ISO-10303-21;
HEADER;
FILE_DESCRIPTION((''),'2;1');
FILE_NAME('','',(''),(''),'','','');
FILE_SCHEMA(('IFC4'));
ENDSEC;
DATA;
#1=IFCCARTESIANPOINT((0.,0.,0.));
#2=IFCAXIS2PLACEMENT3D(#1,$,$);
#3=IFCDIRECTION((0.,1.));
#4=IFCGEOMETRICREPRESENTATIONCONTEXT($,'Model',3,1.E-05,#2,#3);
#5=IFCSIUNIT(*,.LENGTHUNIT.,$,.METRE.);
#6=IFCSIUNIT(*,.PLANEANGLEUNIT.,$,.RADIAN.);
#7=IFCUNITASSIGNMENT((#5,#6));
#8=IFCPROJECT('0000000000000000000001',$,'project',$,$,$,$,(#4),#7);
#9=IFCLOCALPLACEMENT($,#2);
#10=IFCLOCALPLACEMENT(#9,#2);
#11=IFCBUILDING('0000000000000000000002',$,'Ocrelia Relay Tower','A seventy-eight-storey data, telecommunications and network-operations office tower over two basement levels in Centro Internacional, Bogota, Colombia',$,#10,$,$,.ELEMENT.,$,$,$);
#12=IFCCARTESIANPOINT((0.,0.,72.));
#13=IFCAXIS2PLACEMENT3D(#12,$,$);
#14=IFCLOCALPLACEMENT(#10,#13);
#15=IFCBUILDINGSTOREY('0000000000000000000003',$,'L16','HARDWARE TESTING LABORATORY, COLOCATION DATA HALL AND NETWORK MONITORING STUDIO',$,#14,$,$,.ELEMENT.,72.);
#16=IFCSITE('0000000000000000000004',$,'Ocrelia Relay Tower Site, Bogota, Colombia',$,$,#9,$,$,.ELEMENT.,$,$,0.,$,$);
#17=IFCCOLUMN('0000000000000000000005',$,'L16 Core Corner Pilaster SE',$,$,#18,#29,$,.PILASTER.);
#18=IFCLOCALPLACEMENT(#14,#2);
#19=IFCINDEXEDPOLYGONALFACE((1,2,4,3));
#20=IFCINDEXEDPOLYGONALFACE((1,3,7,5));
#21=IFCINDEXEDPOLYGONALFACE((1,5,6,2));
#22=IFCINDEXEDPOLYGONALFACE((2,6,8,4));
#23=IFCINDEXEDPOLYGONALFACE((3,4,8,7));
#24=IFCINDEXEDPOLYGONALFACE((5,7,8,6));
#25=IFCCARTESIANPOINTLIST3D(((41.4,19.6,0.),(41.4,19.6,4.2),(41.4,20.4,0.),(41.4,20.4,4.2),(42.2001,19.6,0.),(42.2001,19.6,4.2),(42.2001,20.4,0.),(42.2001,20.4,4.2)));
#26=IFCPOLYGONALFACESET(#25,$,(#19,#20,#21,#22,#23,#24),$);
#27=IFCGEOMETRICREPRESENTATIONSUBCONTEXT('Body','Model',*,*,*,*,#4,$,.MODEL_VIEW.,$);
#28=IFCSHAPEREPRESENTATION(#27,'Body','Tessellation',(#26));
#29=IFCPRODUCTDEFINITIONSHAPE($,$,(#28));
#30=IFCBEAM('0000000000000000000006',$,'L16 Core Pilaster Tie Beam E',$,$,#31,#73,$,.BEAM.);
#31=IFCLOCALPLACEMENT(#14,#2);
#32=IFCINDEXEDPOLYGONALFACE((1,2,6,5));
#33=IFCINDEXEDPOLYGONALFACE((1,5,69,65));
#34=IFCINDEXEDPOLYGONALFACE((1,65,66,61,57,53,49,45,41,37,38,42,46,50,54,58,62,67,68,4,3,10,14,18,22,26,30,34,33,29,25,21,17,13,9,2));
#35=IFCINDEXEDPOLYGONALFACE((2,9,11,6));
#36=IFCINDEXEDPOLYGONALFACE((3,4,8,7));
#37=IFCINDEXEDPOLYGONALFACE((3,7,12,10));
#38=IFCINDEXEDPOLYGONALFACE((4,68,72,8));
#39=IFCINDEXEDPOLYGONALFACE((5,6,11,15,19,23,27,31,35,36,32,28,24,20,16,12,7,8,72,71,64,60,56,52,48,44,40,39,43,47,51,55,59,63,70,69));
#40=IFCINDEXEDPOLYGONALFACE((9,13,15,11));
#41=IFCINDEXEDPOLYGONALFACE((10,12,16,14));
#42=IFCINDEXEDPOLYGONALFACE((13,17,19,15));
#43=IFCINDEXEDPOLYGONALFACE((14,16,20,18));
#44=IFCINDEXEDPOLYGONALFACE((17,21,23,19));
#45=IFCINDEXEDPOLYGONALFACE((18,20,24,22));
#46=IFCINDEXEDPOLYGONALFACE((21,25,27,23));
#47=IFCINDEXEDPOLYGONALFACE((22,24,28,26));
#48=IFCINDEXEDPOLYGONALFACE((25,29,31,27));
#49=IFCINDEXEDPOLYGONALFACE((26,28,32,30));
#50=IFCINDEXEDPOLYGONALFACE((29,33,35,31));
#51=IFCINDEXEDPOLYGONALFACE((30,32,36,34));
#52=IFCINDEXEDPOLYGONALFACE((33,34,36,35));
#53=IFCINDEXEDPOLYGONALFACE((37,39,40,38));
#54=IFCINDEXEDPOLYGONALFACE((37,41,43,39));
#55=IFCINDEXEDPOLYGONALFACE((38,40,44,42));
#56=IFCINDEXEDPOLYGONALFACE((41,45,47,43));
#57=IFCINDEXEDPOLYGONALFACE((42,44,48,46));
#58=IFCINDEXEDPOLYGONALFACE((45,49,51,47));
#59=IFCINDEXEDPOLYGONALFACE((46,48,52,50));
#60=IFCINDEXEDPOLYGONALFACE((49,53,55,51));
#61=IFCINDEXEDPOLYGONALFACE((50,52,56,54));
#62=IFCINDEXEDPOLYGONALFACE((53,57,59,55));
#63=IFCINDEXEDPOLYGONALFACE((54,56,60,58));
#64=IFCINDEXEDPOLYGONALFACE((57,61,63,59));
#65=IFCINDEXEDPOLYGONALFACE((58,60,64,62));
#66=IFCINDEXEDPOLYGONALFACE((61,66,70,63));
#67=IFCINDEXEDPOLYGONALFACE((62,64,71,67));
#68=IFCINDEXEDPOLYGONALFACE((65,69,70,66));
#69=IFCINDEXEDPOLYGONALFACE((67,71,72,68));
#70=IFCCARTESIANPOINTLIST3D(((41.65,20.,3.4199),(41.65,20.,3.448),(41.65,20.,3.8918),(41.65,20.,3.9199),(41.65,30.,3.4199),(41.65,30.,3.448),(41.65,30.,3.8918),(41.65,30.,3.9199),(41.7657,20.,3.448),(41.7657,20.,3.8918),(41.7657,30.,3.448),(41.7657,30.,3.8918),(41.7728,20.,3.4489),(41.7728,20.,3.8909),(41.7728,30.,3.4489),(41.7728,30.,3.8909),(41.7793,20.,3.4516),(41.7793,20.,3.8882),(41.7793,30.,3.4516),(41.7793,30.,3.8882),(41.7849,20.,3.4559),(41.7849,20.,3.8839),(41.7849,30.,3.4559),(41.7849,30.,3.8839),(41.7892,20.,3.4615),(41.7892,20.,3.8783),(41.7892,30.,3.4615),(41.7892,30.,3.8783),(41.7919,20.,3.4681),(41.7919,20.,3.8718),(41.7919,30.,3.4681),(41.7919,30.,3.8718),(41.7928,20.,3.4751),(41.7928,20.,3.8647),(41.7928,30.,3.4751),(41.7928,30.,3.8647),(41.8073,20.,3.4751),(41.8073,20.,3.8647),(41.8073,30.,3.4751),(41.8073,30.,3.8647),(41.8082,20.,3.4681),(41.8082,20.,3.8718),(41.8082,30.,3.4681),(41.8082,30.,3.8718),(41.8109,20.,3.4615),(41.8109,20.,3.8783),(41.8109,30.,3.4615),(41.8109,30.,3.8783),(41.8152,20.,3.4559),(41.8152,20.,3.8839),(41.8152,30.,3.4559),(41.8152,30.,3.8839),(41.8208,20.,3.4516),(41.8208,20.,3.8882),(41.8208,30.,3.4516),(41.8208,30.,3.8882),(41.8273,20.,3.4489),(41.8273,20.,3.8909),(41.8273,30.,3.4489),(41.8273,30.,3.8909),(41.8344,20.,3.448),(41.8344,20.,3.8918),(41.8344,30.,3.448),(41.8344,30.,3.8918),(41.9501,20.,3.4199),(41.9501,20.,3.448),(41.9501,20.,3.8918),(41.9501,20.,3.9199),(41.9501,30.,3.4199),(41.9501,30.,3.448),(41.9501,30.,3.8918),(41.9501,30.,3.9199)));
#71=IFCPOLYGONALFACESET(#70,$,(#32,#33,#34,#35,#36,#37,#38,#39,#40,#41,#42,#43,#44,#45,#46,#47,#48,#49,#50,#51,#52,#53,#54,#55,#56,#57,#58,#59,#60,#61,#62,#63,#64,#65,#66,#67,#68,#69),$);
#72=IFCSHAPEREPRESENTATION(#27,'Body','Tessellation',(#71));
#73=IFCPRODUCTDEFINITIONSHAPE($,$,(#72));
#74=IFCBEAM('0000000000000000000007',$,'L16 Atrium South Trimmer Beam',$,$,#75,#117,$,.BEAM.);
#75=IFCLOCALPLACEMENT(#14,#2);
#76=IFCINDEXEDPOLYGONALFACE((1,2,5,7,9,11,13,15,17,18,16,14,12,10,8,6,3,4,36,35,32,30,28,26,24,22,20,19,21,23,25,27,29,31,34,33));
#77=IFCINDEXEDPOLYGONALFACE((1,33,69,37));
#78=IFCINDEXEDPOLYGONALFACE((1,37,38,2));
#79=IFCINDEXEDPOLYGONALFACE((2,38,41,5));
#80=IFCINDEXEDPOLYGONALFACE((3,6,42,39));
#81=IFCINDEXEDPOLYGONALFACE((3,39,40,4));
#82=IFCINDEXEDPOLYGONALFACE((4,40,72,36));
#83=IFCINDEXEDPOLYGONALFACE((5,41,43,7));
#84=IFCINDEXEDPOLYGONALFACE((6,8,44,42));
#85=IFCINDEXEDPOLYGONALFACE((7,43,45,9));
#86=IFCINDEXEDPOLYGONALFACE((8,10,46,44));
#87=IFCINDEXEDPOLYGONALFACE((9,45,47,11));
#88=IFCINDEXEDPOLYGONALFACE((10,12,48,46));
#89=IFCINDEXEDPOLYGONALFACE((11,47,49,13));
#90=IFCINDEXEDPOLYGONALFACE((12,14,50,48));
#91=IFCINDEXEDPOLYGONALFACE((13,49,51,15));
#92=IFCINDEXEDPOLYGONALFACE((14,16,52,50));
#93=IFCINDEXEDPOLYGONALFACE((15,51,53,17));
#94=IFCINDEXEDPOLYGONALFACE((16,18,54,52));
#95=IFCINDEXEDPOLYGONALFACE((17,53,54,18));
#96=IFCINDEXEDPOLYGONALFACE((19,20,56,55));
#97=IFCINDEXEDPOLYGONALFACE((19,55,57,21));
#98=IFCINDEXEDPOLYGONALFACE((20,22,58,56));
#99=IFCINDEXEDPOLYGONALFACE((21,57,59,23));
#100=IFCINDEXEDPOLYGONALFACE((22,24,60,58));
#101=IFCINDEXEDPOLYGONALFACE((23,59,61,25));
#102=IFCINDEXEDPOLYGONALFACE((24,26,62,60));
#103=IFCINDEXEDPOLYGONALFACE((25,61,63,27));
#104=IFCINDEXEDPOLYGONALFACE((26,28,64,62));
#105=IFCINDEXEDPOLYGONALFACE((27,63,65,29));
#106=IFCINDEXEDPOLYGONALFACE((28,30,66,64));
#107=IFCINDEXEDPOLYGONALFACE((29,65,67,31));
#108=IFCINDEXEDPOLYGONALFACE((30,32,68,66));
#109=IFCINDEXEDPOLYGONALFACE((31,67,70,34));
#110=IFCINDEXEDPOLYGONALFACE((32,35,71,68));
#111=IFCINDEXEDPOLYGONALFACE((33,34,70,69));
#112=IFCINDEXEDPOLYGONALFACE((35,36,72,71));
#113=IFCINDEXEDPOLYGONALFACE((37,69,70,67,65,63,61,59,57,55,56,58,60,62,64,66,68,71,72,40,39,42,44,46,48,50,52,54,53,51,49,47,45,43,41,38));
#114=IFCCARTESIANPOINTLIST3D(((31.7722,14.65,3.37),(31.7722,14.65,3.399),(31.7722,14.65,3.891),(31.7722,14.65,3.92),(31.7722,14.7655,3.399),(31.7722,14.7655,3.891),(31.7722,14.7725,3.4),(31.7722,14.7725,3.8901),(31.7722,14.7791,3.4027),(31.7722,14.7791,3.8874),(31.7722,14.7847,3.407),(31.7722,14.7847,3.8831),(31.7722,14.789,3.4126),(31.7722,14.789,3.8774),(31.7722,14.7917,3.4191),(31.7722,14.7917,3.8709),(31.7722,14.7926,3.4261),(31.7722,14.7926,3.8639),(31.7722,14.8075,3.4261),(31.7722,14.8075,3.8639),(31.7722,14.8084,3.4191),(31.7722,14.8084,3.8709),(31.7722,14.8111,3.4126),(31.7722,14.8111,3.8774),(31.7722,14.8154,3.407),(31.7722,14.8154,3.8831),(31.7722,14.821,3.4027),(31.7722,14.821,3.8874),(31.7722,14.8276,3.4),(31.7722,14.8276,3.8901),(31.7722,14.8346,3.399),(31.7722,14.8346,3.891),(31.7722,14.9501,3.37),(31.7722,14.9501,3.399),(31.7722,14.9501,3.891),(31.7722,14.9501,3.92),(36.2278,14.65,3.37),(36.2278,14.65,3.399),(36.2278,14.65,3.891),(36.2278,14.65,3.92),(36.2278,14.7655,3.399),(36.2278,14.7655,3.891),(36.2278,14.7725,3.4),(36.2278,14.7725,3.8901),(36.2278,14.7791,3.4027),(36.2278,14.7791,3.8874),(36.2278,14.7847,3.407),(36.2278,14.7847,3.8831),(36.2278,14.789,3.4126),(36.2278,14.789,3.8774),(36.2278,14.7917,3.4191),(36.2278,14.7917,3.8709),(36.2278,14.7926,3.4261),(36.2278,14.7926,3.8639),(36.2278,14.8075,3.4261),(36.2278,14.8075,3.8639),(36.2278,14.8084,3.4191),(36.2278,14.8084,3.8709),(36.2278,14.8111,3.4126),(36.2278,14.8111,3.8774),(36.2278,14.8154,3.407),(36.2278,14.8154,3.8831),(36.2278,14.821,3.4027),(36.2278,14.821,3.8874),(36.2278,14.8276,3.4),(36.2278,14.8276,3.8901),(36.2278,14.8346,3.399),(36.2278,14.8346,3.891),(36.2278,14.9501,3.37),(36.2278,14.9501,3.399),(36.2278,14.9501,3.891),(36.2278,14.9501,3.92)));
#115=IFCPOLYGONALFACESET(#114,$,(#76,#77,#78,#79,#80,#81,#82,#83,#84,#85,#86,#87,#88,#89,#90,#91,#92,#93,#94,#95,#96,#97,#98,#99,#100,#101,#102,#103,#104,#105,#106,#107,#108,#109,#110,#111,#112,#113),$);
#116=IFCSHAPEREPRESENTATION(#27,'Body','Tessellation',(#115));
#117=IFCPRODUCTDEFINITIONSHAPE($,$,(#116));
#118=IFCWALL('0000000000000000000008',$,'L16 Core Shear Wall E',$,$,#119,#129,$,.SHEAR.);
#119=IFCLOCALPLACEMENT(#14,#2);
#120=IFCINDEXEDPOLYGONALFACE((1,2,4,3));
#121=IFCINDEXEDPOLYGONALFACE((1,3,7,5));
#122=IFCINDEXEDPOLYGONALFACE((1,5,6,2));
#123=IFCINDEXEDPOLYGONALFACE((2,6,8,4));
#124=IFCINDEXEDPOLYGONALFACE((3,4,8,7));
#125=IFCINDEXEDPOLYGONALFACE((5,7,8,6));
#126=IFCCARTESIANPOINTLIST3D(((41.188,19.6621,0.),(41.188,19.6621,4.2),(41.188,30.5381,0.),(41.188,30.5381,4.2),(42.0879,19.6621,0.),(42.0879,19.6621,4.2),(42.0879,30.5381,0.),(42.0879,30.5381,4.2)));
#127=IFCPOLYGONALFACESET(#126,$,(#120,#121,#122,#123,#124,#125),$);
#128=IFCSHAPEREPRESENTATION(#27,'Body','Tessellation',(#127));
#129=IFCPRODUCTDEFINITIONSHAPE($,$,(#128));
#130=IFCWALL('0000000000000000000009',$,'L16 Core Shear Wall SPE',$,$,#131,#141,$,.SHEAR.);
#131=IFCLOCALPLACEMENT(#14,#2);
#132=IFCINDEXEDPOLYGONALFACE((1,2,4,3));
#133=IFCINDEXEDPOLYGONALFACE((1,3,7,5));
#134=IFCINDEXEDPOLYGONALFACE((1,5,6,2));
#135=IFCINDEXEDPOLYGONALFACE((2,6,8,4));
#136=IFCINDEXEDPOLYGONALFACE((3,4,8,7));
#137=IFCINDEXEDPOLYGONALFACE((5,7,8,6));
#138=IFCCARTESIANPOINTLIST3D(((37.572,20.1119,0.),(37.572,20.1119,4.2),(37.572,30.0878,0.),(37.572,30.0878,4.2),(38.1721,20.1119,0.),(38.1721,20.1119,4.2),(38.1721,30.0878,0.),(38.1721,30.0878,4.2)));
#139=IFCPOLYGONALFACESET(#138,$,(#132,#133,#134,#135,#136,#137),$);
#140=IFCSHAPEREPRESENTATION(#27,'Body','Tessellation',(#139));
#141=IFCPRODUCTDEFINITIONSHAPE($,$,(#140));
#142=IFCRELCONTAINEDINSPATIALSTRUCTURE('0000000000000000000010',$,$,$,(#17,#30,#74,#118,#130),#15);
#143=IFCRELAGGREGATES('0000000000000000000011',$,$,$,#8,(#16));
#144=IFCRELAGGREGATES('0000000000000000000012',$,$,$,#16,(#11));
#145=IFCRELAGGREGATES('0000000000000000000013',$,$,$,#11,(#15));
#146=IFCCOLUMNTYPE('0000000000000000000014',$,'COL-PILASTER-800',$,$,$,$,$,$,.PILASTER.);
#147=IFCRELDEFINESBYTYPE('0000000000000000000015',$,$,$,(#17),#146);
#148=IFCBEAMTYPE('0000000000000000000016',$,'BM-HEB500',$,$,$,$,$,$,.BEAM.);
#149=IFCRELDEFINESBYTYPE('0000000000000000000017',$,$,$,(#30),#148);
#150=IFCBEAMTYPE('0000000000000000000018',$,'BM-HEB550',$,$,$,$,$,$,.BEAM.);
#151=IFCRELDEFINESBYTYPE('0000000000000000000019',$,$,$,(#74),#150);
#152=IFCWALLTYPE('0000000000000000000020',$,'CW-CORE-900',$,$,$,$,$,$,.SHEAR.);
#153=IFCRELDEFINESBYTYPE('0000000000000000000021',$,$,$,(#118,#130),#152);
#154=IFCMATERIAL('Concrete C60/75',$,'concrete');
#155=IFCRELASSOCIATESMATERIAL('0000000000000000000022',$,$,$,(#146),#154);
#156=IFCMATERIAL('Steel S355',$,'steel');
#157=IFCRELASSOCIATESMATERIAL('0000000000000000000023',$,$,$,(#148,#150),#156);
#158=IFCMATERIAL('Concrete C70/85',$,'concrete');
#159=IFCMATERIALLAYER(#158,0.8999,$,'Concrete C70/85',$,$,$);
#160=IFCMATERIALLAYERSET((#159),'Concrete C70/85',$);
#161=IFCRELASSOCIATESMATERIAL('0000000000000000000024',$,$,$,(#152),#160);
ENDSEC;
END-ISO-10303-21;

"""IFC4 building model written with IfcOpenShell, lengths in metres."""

from ifc_helpers import new_model, si_unit, direction, frame, frame_2d, origin, origin_2d, place, context, subcontext, project, spatial, rectangle, i_section, extrude, material, layer, layer_set, material_profile, profile_set, type_object, element, save


model = new_model("IFC4")

# Units and contexts
model_context = context("Model", 3, precision=1e-05, world=origin(), true_north=direction((0.0, 1.0)))
body_context = subcontext(model_context, "Body", "Model", "MODEL_VIEW")
ifc_project = project(units=[si_unit("LENGTHUNIT", "METRE"), si_unit("PLANEANGLEUNIT", "RADIAN")], contexts=[model_context])

# Site, building, storey
site_placement = place(None, origin())
site = spatial("IfcSite", under=ifc_project, at=site_placement, Name="Ocrelia Relay Tower Site, Bogota, Colombia", CompositionType="ELEMENT", RefElevation=0.0)
building_placement = place(site_placement, origin())
building = spatial("IfcBuilding", under=site, at=building_placement, Name="Ocrelia Relay Tower", Description="A seventy-eight-storey data, telecommunications and network-operations office tower over two basement levels in Centro Internacional, Bogota, Colombia", CompositionType="ELEMENT")
storey_placement = place(building_placement, frame((0.0, 0.0, 72.0)))
storey = spatial("IfcBuildingStorey", under=building, at=storey_placement, Name="L16", Description="HARDWARE TESTING LABORATORY, COLOCATION DATA HALL AND NETWORK MONITORING STUDIO", CompositionType="ELEMENT", Elevation=72.0)

# Column
ifc_material_1 = material(Name="Concrete C60/75", Category="concrete")
ifc_material_profile_1 = material_profile(ifc_material_1, rectangle(XDim=0.8, YDim=0.8, at=origin_2d()), Name="RC-COL-800x800")
ifc_profile_set_1 = profile_set([ifc_material_profile_1], Name="Concrete C60/75")
column_type = type_object("IfcColumnType", Name="COL-PILASTER-800", PredefinedType="PILASTER", material=ifc_profile_set_1)
column_placement = place(storey_placement, frame((41.8, 20.0, 0.0), z_axis=(0.0, 0.0, 1.0), x_axis=(1.0, 0.0, 0.0)))
element("IfcColumn", 1, at=column_placement, inside=storey, type_object=column_type, Name="L16 Core Corner Pilaster SE", PredefinedType="PILASTER", context=body_context, shape_type="SweptSolid", body=[
    extrude(rectangle(XDim=0.8, YDim=0.8, at=origin_2d()), origin(), (0.0, 0.0, 1.0), 4.2),
])

# Beams
ifc_material_2 = material(Name="Steel S355", Category="steel")
ifc_material_profile_2 = material_profile(ifc_material_2, i_section(OverallWidth=0.3, OverallDepth=0.5, WebThickness=0.0144, FlangeThickness=0.0281, FilletRadius=0.0271, at=origin_2d()), Name="HEB 500")
ifc_profile_set_2 = profile_set([ifc_material_profile_2], Name="Steel S355")
beam_type_1 = type_object("IfcBeamType", Name="BM-HEB500", PredefinedType="BEAM", material=ifc_profile_set_2)
beam_1_placement = place(storey_placement, frame((41.8, 20.0, 3.6699), z_axis=(0.0, 1.0, 0.0), x_axis=(-1.0, 0.0, 0.0)))
element("IfcBeam", 2, at=beam_1_placement, inside=storey, type_object=beam_type_1, Name="L16 Core Pilaster Tie Beam E", PredefinedType="BEAM", context=body_context, shape_type="SweptSolid", body=[
    extrude(i_section(OverallWidth=0.3, OverallDepth=0.5, WebThickness=0.0144, FlangeThickness=0.0281, FilletRadius=0.0271, at=origin_2d()), origin(), (0.0, 0.0, 1.0), 10.0),
])
ifc_material_profile_3 = material_profile(ifc_material_2, i_section(OverallWidth=0.3, OverallDepth=0.55, WebThickness=0.0149, FlangeThickness=0.0291, FilletRadius=0.0271, at=origin_2d()), Name="HEB 550")
ifc_profile_set_3 = profile_set([ifc_material_profile_3], Name="Steel S355")
beam_type_2 = type_object("IfcBeamType", Name="BM-HEB550", PredefinedType="BEAM", material=ifc_profile_set_3)
beam_2_placement = place(storey_placement, frame((31.7722, 14.8, 3.645), z_axis=(1.0, 0.0, 0.0), x_axis=(0.0, 1.0, 0.0)))
element("IfcBeam", 3, at=beam_2_placement, inside=storey, type_object=beam_type_2, Name="L16 Atrium South Trimmer Beam", PredefinedType="BEAM", context=body_context, shape_type="SweptSolid", body=[
    extrude(i_section(OverallWidth=0.3, OverallDepth=0.55, WebThickness=0.0149, FlangeThickness=0.0291, FilletRadius=0.0271, at=origin_2d()), origin(), (0.0, 0.0, 1.0), 4.4556),
])

# Walls
ifc_material_3 = material(Name="Concrete C70/85", Category="concrete")
ifc_layer_1 = layer(ifc_material_3, 0.8999, Name="Concrete C70/85")
ifc_layer_set_1 = layer_set([ifc_layer_1], Name="Concrete C70/85")
wall_type_1 = type_object("IfcWallType", Name="CW-CORE-900", PredefinedType="SHEAR", material=ifc_layer_set_1)
wall_1_placement = place(storey_placement, frame((41.6379, 19.6621, 0.0), z_axis=(0.0, 0.0, 1.0), x_axis=(0.0, 1.0, 0.0)))
element("IfcWall", 4, at=wall_1_placement, inside=storey, type_object=wall_type_1, Name="L16 Core Shear Wall E", PredefinedType="SHEAR", context=body_context, shape_type="SweptSolid", body=[
    extrude(rectangle(XDim=10.876, YDim=0.8999, at=frame_2d((5.438, 0.0))), origin(), (0.0, 0.0, 1.0), 4.2),
])
wall_2_placement = place(storey_placement, frame((37.8721, 20.1121, 0.0), z_axis=(0.0, 0.0, 1.0), x_axis=(0.0, 1.0, 0.0)))
element("IfcWall", 5, at=wall_2_placement, inside=storey, type_object=wall_type_1, Name="L16 Core Shear Wall SPE", PredefinedType="SHEAR", context=body_context, shape_type="SweptSolid", body=[
    extrude(rectangle(XDim=9.9758, YDim=0.6001, at=frame_2d((4.9878, 0.0))), origin(), (0.0, 0.0, 1.0), 4.2),
])

save(model, "model.ifc")
